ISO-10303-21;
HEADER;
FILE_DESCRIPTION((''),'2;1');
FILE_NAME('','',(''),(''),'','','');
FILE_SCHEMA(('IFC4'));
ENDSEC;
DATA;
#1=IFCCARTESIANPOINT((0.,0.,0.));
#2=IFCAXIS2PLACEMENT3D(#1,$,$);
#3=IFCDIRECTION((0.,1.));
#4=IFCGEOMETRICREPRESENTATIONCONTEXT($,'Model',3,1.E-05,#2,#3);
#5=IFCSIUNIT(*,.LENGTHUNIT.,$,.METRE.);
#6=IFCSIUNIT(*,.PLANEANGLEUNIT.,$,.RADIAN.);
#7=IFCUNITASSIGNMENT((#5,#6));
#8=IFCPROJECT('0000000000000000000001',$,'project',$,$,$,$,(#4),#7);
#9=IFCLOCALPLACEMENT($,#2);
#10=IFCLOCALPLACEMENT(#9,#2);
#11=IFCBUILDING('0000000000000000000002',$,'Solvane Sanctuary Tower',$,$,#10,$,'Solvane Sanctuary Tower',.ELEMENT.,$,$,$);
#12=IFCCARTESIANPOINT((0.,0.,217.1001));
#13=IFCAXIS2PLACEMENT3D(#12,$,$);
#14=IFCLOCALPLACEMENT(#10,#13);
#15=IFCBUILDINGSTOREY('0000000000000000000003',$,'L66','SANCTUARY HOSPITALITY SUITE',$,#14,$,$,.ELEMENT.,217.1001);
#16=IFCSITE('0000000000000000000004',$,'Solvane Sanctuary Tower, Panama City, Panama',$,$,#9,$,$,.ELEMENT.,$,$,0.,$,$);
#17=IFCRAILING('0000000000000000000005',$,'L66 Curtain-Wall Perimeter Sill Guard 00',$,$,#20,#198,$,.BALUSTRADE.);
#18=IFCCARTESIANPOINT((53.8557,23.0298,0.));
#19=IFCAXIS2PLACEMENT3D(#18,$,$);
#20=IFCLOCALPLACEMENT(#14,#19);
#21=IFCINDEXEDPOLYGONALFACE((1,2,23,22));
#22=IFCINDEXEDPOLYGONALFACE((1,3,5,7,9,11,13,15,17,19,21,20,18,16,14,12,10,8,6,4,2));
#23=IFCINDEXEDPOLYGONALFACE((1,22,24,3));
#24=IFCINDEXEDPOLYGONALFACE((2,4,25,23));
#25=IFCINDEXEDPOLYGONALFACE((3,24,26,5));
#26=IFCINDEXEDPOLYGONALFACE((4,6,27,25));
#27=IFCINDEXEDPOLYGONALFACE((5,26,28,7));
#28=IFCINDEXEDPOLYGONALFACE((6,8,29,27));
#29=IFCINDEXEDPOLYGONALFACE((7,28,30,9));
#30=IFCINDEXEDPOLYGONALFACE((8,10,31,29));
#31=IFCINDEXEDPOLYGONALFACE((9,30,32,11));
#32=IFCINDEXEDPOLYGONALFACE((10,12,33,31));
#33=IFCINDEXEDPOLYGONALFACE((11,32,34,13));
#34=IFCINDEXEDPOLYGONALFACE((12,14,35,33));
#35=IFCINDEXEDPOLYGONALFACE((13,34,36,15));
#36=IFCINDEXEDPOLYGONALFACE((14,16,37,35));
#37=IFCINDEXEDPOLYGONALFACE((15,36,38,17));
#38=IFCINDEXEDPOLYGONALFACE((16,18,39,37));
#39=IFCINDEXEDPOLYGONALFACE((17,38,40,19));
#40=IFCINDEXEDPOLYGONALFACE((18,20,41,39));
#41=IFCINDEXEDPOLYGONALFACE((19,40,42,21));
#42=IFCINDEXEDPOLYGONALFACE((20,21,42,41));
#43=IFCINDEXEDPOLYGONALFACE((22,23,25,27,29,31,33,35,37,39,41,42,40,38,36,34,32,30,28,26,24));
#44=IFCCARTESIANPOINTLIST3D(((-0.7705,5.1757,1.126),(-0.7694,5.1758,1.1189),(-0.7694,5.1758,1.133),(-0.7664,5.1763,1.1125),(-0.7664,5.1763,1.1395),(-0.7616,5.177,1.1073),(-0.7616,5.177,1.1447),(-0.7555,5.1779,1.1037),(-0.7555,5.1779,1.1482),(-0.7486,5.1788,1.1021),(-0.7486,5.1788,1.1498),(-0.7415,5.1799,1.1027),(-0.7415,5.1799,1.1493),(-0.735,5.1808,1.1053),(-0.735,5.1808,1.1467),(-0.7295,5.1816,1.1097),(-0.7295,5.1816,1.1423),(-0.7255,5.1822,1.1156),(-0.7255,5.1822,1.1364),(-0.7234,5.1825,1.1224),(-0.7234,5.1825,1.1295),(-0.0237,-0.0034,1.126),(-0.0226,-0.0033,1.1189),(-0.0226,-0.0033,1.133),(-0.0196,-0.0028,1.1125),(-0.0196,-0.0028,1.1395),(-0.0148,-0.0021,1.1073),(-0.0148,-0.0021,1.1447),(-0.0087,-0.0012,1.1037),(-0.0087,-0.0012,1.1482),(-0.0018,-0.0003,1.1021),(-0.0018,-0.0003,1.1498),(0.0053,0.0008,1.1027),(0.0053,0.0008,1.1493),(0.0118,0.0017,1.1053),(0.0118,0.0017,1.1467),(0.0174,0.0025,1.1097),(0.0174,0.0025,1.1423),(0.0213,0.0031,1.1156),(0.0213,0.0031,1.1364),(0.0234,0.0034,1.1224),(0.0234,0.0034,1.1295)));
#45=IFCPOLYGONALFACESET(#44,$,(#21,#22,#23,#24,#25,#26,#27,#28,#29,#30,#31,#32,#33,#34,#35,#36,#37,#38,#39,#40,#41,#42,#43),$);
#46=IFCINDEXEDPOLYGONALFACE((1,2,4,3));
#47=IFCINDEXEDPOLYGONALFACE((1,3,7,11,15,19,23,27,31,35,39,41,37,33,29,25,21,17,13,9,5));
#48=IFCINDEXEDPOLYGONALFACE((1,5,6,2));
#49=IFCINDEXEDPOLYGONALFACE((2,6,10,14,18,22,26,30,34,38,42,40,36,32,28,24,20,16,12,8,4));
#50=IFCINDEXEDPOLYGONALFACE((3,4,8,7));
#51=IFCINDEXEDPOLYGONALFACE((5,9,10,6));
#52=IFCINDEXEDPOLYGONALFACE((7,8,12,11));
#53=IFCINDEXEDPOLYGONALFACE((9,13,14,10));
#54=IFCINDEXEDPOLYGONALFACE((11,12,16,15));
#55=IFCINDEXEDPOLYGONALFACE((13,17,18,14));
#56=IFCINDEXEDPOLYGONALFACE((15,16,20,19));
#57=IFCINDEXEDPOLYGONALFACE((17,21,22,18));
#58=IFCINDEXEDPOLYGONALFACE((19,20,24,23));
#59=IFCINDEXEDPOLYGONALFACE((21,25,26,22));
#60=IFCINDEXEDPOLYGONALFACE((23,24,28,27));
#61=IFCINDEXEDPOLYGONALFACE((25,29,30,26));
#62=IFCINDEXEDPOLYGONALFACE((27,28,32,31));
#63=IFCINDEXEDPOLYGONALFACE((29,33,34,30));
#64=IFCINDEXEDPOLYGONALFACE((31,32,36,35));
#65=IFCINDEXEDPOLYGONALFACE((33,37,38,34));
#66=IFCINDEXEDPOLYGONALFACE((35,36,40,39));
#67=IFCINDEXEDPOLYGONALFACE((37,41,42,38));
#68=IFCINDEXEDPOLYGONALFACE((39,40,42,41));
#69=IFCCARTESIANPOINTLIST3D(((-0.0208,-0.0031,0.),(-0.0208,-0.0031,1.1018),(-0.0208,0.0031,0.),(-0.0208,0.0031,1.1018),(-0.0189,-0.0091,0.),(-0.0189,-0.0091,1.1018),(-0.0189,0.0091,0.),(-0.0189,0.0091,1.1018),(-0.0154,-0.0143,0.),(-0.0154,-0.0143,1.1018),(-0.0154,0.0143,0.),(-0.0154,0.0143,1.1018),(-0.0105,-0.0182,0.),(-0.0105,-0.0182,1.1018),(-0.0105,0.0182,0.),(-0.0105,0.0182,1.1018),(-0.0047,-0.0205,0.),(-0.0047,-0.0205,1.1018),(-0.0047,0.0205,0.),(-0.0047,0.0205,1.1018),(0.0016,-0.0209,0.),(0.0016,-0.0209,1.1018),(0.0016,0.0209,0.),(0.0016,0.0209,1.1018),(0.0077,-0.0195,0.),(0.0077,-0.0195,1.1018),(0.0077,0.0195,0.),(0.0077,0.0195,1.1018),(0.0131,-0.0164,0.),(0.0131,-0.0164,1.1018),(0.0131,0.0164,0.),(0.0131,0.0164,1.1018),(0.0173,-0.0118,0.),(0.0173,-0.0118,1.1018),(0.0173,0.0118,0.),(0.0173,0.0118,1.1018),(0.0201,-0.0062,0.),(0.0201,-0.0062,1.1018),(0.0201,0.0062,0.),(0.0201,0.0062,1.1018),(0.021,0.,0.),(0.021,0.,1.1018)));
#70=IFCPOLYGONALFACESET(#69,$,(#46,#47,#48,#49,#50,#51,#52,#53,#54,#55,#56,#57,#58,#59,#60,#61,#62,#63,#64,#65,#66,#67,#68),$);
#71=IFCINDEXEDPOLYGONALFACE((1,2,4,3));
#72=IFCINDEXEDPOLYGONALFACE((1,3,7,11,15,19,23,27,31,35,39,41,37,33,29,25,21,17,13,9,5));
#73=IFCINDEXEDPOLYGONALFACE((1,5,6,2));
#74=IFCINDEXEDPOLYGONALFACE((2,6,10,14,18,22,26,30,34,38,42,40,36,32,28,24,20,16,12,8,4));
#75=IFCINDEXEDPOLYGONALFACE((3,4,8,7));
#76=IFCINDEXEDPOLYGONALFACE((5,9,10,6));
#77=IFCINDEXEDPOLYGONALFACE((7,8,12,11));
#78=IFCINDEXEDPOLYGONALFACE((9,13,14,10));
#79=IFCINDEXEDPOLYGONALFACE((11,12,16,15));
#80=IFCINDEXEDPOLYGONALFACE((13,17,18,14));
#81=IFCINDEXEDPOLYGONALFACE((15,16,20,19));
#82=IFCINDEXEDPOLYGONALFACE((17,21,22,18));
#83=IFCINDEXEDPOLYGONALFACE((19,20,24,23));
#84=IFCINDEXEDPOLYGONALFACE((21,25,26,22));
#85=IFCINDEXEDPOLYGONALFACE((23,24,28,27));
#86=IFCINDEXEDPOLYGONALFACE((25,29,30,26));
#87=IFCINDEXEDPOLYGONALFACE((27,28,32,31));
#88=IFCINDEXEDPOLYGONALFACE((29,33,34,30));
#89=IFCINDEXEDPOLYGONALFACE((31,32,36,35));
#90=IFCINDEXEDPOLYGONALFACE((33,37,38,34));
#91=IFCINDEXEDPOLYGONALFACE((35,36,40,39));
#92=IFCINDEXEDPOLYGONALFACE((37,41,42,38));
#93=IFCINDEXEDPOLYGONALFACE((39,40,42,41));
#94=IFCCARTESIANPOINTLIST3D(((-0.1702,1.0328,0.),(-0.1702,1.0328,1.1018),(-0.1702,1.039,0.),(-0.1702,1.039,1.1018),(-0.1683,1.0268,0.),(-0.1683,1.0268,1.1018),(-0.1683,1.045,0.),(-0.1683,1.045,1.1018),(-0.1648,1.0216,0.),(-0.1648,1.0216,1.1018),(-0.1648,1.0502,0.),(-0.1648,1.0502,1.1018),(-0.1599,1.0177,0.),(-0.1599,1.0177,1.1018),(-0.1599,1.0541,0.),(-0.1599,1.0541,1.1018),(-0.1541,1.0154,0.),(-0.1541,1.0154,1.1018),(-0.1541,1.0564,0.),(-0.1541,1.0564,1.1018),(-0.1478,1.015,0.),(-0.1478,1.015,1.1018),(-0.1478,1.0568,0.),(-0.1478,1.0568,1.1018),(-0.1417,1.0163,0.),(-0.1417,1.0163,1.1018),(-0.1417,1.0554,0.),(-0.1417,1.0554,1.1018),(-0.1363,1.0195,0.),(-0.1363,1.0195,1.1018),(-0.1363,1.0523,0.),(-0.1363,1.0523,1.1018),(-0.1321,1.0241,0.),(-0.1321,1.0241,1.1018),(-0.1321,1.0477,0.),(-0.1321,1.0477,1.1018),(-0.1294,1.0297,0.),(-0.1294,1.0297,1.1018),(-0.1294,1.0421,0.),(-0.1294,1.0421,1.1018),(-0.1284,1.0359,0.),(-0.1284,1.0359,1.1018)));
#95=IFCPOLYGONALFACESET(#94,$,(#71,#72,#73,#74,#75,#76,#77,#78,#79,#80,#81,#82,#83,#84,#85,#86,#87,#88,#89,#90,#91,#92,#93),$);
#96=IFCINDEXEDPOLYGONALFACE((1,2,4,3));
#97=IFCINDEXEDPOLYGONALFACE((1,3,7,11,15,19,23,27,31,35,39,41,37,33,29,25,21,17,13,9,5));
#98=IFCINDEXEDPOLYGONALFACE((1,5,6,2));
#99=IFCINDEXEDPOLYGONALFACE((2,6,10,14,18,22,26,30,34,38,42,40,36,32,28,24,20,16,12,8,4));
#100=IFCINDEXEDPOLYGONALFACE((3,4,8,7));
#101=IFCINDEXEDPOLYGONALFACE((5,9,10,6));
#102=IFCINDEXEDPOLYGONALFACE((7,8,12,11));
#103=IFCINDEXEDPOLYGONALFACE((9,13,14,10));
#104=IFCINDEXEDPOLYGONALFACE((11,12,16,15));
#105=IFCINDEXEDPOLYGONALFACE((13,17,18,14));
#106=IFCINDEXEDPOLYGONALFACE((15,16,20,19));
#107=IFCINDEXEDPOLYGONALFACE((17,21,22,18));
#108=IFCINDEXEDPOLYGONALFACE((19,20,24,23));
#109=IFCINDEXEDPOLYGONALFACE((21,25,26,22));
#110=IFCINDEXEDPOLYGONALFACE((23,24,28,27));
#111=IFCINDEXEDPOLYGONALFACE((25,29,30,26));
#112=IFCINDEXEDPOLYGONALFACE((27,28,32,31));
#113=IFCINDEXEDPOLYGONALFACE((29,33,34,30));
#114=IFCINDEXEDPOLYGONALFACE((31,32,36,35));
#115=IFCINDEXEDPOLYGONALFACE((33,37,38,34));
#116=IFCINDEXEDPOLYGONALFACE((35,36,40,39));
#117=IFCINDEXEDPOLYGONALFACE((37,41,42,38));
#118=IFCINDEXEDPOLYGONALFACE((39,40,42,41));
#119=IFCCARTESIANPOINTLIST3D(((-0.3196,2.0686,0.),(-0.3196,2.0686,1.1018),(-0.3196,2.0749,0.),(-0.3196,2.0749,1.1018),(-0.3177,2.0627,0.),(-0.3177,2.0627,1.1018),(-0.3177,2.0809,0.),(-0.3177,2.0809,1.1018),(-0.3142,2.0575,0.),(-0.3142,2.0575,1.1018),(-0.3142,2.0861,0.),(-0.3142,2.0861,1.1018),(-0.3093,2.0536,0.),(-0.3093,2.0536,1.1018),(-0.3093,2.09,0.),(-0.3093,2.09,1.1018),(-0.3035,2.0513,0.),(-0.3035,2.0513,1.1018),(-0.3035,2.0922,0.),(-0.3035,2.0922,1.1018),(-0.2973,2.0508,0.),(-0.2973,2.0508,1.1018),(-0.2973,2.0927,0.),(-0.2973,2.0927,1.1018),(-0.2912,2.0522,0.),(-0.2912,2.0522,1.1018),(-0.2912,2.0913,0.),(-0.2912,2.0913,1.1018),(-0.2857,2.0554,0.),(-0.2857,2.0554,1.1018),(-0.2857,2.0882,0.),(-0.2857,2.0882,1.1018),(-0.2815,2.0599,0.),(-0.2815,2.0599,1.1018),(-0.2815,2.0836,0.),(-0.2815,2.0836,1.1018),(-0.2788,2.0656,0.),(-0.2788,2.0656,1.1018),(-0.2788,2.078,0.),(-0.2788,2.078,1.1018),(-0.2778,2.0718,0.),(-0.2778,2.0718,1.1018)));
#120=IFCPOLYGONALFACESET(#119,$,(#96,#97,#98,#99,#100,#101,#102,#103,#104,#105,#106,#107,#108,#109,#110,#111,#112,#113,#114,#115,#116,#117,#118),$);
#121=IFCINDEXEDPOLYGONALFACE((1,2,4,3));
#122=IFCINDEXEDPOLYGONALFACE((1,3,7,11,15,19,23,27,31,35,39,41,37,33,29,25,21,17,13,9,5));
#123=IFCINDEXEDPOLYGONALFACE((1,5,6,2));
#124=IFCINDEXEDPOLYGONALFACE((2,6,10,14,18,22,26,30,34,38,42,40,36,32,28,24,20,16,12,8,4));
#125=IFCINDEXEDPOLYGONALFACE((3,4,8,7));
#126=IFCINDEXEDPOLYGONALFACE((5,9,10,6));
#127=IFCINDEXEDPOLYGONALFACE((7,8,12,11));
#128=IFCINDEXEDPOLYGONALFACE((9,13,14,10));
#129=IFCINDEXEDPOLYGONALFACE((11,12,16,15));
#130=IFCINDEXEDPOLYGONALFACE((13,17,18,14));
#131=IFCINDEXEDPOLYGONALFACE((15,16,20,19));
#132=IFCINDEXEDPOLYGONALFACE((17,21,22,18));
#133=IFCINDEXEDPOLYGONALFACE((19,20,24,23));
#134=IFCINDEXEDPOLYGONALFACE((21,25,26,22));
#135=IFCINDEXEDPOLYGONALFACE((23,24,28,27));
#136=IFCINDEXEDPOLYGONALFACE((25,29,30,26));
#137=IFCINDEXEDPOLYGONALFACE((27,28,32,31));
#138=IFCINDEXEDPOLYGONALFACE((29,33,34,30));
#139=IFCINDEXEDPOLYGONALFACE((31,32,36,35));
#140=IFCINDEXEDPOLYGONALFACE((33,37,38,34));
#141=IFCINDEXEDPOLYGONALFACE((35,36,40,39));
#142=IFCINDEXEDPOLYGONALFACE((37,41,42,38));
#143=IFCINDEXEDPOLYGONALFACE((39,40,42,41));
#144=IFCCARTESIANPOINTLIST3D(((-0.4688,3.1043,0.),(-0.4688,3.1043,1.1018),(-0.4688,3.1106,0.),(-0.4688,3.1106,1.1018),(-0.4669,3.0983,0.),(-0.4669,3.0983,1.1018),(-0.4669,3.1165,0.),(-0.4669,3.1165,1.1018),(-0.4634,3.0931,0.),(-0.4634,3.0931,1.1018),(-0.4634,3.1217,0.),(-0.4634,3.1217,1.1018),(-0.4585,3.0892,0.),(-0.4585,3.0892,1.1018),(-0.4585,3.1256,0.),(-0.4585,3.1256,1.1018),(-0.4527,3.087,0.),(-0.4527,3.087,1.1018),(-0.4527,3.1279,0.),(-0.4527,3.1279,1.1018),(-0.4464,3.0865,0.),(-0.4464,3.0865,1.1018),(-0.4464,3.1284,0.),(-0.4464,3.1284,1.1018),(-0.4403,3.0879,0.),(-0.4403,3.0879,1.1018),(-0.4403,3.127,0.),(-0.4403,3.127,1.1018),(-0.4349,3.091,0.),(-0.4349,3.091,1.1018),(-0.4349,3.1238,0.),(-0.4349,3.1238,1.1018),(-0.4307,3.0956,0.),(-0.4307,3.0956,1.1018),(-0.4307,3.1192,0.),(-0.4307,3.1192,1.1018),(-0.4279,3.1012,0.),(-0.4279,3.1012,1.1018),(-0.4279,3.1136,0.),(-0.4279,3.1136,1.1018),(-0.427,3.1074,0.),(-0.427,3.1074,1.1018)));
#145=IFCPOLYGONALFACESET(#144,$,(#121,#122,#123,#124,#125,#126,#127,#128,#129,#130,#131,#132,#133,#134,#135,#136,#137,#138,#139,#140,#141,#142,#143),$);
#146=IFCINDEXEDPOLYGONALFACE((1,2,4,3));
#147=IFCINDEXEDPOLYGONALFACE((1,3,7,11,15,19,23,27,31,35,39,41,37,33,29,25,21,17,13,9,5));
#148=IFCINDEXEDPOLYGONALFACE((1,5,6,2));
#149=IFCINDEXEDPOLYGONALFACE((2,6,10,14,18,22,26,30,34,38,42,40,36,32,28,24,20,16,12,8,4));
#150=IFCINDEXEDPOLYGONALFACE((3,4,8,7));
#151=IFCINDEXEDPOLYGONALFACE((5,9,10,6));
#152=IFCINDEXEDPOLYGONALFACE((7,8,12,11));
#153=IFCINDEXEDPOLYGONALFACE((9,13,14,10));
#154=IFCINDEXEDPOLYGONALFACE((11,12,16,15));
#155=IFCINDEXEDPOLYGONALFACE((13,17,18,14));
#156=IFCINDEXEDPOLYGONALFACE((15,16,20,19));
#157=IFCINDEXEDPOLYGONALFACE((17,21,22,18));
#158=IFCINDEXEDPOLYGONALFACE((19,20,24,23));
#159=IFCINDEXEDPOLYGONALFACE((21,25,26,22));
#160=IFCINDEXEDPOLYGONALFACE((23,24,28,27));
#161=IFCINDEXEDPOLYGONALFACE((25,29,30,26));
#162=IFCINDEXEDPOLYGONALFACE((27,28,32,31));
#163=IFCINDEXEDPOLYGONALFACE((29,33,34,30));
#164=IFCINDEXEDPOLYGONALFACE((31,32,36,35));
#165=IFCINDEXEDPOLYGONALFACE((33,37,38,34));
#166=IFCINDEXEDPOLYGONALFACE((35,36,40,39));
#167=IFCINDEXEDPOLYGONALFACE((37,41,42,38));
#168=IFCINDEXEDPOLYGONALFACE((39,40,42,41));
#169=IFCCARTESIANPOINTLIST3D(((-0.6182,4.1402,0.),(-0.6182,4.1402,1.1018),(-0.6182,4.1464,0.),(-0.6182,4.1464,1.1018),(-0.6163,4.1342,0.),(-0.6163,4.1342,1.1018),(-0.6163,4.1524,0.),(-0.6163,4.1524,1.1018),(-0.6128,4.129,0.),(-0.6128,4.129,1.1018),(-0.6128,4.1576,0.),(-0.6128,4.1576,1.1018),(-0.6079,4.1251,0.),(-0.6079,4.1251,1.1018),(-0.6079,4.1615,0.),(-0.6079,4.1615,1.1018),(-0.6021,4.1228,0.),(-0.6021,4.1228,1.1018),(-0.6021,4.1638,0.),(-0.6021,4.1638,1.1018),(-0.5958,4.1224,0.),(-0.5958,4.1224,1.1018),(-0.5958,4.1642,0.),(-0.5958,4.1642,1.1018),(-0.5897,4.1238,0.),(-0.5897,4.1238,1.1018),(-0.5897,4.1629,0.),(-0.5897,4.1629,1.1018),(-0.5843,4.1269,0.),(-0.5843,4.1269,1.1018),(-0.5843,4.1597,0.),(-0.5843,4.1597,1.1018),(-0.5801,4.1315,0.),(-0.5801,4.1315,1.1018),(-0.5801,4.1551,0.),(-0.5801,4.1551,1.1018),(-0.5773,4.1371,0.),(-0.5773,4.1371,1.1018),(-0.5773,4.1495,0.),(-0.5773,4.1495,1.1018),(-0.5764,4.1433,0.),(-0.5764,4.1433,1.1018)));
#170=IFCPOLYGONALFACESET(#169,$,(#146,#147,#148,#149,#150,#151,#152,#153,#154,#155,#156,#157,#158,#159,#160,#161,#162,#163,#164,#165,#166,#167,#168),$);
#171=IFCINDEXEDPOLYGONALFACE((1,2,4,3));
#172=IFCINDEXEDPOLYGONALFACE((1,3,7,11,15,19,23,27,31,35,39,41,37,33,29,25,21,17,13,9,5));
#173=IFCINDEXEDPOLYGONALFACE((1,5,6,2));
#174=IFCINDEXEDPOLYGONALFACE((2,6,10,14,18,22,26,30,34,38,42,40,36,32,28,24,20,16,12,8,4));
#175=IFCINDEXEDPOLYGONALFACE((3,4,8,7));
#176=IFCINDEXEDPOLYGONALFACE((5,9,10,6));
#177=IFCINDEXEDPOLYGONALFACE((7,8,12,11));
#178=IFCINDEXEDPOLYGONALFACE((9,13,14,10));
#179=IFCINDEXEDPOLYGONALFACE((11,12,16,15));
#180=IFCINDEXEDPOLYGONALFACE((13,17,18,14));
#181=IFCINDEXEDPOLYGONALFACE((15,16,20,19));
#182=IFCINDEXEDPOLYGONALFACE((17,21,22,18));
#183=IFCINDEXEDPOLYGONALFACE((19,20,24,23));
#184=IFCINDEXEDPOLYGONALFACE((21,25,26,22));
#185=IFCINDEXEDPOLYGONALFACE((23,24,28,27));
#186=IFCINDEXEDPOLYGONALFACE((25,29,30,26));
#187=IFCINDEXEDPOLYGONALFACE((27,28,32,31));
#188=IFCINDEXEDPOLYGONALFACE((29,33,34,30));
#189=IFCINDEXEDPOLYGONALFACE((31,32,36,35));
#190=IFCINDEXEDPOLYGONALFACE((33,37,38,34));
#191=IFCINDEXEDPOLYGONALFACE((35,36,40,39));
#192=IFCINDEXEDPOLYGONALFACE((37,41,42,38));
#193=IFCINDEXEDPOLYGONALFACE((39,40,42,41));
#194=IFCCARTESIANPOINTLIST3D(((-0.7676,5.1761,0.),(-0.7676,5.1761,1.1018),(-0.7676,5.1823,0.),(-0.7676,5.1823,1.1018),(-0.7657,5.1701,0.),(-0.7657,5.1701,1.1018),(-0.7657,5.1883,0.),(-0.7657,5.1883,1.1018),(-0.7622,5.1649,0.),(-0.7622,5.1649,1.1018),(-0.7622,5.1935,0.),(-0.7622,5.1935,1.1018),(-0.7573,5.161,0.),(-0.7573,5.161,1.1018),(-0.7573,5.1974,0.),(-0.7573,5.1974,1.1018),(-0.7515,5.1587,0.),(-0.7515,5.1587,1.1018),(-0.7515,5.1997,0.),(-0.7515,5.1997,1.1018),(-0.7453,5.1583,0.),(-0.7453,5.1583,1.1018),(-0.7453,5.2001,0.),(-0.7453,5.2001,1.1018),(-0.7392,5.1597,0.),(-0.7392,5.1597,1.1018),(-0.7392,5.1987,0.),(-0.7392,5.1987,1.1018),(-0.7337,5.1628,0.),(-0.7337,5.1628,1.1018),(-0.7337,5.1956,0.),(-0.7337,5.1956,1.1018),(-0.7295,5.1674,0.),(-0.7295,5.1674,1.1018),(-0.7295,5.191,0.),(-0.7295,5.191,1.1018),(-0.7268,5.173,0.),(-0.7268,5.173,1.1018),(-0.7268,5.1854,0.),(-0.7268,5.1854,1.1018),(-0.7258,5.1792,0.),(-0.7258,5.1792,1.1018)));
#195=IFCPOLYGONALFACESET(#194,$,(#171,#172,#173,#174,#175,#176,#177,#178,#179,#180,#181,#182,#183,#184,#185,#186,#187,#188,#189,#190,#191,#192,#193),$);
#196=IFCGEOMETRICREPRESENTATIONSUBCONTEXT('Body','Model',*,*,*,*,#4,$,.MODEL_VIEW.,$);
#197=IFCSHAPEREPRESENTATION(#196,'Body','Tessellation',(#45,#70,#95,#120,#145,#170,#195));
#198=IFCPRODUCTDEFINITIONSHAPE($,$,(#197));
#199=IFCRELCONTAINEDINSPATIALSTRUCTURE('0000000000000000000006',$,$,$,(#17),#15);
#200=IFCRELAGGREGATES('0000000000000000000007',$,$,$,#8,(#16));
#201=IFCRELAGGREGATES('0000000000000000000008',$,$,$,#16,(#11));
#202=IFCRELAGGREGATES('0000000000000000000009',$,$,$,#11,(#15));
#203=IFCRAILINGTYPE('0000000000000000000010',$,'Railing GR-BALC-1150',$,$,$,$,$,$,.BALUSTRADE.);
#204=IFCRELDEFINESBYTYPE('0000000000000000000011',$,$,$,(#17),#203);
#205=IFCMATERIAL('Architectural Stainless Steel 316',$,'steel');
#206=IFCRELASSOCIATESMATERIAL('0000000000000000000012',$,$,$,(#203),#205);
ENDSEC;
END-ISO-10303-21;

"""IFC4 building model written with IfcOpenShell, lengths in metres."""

from ifc_helpers import new_model, si_unit, direction, frame, origin, origin_2d, place, context, subcontext, project, spatial, circle, extrude, material, type_object, element, save


model = new_model("IFC4")

# Units and contexts
model_context = context("Model", 3, precision=1e-05, world=origin(), true_north=direction((0.0, 1.0)))
body_context = subcontext(model_context, "Body", "Model", "MODEL_VIEW")
ifc_project = project(units=[si_unit("LENGTHUNIT", "METRE"), si_unit("PLANEANGLEUNIT", "RADIAN")], contexts=[model_context])

# Site, building, storey
site_placement = place(None, origin())
site = spatial("IfcSite", under=ifc_project, at=site_placement, Name="Solvane Sanctuary Tower, Panama City, Panama", CompositionType="ELEMENT", RefElevation=0.0)
building_placement = place(site_placement, origin())
building = spatial("IfcBuilding", under=site, at=building_placement, Name="Solvane Sanctuary Tower", LongName="Solvane Sanctuary Tower", CompositionType="ELEMENT")
storey_placement = place(building_placement, frame((0.0, 0.0, 217.1001)))
storey = spatial("IfcBuildingStorey", under=building, at=storey_placement, Name="L66", Description="SANCTUARY HOSPITALITY SUITE", CompositionType="ELEMENT", Elevation=217.1001)

# Shared definitions
ifc_material_1 = material(Name="Architectural Stainless Steel 316", Category="steel")

# Railing
railing_type = type_object("IfcRailingType", Name="Railing GR-BALC-1150", PredefinedType="BALUSTRADE", material=ifc_material_1)
railing_1_placement = place(storey_placement, frame((53.8557, 23.0298, 0.0)))
element("IfcRailing", 1, at=railing_1_placement, inside=storey, type_object=railing_type, Name="L66 Curtain-Wall Perimeter Sill Guard 00", PredefinedType="BALUSTRADE", context=body_context, shape_type="SweptSolid", body=[
    extrude(circle(Radius=0.0239, at=origin_2d()), frame((0.0, 0.0, 1.126), z_axis=(-0.142721, 0.989763, 0.0), x_axis=(-0.989763, -0.142721, 0.0)), (0.0, 0.0, 1.0), 5.2327),
    extrude(circle(Radius=0.021, at=origin_2d()), origin(), (0.0, 0.0, 1.0), 1.1018),
    extrude(circle(Radius=0.021, at=origin_2d()), frame((-0.1494, 1.0359, 0.0)), (0.0, 0.0, 1.0), 1.1018),
    extrude(circle(Radius=0.021, at=origin_2d()), frame((-0.2988, 2.0718, 0.0)), (0.0, 0.0, 1.0), 1.1018),
    extrude(circle(Radius=0.021, at=origin_2d()), frame((-0.448, 3.1074, 0.0)), (0.0, 0.0, 1.0), 1.1018),
    extrude(circle(Radius=0.021, at=origin_2d()), frame((-0.5974, 4.1433, 0.0)), (0.0, 0.0, 1.0), 1.1018),
    extrude(circle(Radius=0.021, at=origin_2d()), frame((-0.7468, 5.1792, 0.0)), (0.0, 0.0, 1.0), 1.1018),
])

save(model, "model.ifc")
